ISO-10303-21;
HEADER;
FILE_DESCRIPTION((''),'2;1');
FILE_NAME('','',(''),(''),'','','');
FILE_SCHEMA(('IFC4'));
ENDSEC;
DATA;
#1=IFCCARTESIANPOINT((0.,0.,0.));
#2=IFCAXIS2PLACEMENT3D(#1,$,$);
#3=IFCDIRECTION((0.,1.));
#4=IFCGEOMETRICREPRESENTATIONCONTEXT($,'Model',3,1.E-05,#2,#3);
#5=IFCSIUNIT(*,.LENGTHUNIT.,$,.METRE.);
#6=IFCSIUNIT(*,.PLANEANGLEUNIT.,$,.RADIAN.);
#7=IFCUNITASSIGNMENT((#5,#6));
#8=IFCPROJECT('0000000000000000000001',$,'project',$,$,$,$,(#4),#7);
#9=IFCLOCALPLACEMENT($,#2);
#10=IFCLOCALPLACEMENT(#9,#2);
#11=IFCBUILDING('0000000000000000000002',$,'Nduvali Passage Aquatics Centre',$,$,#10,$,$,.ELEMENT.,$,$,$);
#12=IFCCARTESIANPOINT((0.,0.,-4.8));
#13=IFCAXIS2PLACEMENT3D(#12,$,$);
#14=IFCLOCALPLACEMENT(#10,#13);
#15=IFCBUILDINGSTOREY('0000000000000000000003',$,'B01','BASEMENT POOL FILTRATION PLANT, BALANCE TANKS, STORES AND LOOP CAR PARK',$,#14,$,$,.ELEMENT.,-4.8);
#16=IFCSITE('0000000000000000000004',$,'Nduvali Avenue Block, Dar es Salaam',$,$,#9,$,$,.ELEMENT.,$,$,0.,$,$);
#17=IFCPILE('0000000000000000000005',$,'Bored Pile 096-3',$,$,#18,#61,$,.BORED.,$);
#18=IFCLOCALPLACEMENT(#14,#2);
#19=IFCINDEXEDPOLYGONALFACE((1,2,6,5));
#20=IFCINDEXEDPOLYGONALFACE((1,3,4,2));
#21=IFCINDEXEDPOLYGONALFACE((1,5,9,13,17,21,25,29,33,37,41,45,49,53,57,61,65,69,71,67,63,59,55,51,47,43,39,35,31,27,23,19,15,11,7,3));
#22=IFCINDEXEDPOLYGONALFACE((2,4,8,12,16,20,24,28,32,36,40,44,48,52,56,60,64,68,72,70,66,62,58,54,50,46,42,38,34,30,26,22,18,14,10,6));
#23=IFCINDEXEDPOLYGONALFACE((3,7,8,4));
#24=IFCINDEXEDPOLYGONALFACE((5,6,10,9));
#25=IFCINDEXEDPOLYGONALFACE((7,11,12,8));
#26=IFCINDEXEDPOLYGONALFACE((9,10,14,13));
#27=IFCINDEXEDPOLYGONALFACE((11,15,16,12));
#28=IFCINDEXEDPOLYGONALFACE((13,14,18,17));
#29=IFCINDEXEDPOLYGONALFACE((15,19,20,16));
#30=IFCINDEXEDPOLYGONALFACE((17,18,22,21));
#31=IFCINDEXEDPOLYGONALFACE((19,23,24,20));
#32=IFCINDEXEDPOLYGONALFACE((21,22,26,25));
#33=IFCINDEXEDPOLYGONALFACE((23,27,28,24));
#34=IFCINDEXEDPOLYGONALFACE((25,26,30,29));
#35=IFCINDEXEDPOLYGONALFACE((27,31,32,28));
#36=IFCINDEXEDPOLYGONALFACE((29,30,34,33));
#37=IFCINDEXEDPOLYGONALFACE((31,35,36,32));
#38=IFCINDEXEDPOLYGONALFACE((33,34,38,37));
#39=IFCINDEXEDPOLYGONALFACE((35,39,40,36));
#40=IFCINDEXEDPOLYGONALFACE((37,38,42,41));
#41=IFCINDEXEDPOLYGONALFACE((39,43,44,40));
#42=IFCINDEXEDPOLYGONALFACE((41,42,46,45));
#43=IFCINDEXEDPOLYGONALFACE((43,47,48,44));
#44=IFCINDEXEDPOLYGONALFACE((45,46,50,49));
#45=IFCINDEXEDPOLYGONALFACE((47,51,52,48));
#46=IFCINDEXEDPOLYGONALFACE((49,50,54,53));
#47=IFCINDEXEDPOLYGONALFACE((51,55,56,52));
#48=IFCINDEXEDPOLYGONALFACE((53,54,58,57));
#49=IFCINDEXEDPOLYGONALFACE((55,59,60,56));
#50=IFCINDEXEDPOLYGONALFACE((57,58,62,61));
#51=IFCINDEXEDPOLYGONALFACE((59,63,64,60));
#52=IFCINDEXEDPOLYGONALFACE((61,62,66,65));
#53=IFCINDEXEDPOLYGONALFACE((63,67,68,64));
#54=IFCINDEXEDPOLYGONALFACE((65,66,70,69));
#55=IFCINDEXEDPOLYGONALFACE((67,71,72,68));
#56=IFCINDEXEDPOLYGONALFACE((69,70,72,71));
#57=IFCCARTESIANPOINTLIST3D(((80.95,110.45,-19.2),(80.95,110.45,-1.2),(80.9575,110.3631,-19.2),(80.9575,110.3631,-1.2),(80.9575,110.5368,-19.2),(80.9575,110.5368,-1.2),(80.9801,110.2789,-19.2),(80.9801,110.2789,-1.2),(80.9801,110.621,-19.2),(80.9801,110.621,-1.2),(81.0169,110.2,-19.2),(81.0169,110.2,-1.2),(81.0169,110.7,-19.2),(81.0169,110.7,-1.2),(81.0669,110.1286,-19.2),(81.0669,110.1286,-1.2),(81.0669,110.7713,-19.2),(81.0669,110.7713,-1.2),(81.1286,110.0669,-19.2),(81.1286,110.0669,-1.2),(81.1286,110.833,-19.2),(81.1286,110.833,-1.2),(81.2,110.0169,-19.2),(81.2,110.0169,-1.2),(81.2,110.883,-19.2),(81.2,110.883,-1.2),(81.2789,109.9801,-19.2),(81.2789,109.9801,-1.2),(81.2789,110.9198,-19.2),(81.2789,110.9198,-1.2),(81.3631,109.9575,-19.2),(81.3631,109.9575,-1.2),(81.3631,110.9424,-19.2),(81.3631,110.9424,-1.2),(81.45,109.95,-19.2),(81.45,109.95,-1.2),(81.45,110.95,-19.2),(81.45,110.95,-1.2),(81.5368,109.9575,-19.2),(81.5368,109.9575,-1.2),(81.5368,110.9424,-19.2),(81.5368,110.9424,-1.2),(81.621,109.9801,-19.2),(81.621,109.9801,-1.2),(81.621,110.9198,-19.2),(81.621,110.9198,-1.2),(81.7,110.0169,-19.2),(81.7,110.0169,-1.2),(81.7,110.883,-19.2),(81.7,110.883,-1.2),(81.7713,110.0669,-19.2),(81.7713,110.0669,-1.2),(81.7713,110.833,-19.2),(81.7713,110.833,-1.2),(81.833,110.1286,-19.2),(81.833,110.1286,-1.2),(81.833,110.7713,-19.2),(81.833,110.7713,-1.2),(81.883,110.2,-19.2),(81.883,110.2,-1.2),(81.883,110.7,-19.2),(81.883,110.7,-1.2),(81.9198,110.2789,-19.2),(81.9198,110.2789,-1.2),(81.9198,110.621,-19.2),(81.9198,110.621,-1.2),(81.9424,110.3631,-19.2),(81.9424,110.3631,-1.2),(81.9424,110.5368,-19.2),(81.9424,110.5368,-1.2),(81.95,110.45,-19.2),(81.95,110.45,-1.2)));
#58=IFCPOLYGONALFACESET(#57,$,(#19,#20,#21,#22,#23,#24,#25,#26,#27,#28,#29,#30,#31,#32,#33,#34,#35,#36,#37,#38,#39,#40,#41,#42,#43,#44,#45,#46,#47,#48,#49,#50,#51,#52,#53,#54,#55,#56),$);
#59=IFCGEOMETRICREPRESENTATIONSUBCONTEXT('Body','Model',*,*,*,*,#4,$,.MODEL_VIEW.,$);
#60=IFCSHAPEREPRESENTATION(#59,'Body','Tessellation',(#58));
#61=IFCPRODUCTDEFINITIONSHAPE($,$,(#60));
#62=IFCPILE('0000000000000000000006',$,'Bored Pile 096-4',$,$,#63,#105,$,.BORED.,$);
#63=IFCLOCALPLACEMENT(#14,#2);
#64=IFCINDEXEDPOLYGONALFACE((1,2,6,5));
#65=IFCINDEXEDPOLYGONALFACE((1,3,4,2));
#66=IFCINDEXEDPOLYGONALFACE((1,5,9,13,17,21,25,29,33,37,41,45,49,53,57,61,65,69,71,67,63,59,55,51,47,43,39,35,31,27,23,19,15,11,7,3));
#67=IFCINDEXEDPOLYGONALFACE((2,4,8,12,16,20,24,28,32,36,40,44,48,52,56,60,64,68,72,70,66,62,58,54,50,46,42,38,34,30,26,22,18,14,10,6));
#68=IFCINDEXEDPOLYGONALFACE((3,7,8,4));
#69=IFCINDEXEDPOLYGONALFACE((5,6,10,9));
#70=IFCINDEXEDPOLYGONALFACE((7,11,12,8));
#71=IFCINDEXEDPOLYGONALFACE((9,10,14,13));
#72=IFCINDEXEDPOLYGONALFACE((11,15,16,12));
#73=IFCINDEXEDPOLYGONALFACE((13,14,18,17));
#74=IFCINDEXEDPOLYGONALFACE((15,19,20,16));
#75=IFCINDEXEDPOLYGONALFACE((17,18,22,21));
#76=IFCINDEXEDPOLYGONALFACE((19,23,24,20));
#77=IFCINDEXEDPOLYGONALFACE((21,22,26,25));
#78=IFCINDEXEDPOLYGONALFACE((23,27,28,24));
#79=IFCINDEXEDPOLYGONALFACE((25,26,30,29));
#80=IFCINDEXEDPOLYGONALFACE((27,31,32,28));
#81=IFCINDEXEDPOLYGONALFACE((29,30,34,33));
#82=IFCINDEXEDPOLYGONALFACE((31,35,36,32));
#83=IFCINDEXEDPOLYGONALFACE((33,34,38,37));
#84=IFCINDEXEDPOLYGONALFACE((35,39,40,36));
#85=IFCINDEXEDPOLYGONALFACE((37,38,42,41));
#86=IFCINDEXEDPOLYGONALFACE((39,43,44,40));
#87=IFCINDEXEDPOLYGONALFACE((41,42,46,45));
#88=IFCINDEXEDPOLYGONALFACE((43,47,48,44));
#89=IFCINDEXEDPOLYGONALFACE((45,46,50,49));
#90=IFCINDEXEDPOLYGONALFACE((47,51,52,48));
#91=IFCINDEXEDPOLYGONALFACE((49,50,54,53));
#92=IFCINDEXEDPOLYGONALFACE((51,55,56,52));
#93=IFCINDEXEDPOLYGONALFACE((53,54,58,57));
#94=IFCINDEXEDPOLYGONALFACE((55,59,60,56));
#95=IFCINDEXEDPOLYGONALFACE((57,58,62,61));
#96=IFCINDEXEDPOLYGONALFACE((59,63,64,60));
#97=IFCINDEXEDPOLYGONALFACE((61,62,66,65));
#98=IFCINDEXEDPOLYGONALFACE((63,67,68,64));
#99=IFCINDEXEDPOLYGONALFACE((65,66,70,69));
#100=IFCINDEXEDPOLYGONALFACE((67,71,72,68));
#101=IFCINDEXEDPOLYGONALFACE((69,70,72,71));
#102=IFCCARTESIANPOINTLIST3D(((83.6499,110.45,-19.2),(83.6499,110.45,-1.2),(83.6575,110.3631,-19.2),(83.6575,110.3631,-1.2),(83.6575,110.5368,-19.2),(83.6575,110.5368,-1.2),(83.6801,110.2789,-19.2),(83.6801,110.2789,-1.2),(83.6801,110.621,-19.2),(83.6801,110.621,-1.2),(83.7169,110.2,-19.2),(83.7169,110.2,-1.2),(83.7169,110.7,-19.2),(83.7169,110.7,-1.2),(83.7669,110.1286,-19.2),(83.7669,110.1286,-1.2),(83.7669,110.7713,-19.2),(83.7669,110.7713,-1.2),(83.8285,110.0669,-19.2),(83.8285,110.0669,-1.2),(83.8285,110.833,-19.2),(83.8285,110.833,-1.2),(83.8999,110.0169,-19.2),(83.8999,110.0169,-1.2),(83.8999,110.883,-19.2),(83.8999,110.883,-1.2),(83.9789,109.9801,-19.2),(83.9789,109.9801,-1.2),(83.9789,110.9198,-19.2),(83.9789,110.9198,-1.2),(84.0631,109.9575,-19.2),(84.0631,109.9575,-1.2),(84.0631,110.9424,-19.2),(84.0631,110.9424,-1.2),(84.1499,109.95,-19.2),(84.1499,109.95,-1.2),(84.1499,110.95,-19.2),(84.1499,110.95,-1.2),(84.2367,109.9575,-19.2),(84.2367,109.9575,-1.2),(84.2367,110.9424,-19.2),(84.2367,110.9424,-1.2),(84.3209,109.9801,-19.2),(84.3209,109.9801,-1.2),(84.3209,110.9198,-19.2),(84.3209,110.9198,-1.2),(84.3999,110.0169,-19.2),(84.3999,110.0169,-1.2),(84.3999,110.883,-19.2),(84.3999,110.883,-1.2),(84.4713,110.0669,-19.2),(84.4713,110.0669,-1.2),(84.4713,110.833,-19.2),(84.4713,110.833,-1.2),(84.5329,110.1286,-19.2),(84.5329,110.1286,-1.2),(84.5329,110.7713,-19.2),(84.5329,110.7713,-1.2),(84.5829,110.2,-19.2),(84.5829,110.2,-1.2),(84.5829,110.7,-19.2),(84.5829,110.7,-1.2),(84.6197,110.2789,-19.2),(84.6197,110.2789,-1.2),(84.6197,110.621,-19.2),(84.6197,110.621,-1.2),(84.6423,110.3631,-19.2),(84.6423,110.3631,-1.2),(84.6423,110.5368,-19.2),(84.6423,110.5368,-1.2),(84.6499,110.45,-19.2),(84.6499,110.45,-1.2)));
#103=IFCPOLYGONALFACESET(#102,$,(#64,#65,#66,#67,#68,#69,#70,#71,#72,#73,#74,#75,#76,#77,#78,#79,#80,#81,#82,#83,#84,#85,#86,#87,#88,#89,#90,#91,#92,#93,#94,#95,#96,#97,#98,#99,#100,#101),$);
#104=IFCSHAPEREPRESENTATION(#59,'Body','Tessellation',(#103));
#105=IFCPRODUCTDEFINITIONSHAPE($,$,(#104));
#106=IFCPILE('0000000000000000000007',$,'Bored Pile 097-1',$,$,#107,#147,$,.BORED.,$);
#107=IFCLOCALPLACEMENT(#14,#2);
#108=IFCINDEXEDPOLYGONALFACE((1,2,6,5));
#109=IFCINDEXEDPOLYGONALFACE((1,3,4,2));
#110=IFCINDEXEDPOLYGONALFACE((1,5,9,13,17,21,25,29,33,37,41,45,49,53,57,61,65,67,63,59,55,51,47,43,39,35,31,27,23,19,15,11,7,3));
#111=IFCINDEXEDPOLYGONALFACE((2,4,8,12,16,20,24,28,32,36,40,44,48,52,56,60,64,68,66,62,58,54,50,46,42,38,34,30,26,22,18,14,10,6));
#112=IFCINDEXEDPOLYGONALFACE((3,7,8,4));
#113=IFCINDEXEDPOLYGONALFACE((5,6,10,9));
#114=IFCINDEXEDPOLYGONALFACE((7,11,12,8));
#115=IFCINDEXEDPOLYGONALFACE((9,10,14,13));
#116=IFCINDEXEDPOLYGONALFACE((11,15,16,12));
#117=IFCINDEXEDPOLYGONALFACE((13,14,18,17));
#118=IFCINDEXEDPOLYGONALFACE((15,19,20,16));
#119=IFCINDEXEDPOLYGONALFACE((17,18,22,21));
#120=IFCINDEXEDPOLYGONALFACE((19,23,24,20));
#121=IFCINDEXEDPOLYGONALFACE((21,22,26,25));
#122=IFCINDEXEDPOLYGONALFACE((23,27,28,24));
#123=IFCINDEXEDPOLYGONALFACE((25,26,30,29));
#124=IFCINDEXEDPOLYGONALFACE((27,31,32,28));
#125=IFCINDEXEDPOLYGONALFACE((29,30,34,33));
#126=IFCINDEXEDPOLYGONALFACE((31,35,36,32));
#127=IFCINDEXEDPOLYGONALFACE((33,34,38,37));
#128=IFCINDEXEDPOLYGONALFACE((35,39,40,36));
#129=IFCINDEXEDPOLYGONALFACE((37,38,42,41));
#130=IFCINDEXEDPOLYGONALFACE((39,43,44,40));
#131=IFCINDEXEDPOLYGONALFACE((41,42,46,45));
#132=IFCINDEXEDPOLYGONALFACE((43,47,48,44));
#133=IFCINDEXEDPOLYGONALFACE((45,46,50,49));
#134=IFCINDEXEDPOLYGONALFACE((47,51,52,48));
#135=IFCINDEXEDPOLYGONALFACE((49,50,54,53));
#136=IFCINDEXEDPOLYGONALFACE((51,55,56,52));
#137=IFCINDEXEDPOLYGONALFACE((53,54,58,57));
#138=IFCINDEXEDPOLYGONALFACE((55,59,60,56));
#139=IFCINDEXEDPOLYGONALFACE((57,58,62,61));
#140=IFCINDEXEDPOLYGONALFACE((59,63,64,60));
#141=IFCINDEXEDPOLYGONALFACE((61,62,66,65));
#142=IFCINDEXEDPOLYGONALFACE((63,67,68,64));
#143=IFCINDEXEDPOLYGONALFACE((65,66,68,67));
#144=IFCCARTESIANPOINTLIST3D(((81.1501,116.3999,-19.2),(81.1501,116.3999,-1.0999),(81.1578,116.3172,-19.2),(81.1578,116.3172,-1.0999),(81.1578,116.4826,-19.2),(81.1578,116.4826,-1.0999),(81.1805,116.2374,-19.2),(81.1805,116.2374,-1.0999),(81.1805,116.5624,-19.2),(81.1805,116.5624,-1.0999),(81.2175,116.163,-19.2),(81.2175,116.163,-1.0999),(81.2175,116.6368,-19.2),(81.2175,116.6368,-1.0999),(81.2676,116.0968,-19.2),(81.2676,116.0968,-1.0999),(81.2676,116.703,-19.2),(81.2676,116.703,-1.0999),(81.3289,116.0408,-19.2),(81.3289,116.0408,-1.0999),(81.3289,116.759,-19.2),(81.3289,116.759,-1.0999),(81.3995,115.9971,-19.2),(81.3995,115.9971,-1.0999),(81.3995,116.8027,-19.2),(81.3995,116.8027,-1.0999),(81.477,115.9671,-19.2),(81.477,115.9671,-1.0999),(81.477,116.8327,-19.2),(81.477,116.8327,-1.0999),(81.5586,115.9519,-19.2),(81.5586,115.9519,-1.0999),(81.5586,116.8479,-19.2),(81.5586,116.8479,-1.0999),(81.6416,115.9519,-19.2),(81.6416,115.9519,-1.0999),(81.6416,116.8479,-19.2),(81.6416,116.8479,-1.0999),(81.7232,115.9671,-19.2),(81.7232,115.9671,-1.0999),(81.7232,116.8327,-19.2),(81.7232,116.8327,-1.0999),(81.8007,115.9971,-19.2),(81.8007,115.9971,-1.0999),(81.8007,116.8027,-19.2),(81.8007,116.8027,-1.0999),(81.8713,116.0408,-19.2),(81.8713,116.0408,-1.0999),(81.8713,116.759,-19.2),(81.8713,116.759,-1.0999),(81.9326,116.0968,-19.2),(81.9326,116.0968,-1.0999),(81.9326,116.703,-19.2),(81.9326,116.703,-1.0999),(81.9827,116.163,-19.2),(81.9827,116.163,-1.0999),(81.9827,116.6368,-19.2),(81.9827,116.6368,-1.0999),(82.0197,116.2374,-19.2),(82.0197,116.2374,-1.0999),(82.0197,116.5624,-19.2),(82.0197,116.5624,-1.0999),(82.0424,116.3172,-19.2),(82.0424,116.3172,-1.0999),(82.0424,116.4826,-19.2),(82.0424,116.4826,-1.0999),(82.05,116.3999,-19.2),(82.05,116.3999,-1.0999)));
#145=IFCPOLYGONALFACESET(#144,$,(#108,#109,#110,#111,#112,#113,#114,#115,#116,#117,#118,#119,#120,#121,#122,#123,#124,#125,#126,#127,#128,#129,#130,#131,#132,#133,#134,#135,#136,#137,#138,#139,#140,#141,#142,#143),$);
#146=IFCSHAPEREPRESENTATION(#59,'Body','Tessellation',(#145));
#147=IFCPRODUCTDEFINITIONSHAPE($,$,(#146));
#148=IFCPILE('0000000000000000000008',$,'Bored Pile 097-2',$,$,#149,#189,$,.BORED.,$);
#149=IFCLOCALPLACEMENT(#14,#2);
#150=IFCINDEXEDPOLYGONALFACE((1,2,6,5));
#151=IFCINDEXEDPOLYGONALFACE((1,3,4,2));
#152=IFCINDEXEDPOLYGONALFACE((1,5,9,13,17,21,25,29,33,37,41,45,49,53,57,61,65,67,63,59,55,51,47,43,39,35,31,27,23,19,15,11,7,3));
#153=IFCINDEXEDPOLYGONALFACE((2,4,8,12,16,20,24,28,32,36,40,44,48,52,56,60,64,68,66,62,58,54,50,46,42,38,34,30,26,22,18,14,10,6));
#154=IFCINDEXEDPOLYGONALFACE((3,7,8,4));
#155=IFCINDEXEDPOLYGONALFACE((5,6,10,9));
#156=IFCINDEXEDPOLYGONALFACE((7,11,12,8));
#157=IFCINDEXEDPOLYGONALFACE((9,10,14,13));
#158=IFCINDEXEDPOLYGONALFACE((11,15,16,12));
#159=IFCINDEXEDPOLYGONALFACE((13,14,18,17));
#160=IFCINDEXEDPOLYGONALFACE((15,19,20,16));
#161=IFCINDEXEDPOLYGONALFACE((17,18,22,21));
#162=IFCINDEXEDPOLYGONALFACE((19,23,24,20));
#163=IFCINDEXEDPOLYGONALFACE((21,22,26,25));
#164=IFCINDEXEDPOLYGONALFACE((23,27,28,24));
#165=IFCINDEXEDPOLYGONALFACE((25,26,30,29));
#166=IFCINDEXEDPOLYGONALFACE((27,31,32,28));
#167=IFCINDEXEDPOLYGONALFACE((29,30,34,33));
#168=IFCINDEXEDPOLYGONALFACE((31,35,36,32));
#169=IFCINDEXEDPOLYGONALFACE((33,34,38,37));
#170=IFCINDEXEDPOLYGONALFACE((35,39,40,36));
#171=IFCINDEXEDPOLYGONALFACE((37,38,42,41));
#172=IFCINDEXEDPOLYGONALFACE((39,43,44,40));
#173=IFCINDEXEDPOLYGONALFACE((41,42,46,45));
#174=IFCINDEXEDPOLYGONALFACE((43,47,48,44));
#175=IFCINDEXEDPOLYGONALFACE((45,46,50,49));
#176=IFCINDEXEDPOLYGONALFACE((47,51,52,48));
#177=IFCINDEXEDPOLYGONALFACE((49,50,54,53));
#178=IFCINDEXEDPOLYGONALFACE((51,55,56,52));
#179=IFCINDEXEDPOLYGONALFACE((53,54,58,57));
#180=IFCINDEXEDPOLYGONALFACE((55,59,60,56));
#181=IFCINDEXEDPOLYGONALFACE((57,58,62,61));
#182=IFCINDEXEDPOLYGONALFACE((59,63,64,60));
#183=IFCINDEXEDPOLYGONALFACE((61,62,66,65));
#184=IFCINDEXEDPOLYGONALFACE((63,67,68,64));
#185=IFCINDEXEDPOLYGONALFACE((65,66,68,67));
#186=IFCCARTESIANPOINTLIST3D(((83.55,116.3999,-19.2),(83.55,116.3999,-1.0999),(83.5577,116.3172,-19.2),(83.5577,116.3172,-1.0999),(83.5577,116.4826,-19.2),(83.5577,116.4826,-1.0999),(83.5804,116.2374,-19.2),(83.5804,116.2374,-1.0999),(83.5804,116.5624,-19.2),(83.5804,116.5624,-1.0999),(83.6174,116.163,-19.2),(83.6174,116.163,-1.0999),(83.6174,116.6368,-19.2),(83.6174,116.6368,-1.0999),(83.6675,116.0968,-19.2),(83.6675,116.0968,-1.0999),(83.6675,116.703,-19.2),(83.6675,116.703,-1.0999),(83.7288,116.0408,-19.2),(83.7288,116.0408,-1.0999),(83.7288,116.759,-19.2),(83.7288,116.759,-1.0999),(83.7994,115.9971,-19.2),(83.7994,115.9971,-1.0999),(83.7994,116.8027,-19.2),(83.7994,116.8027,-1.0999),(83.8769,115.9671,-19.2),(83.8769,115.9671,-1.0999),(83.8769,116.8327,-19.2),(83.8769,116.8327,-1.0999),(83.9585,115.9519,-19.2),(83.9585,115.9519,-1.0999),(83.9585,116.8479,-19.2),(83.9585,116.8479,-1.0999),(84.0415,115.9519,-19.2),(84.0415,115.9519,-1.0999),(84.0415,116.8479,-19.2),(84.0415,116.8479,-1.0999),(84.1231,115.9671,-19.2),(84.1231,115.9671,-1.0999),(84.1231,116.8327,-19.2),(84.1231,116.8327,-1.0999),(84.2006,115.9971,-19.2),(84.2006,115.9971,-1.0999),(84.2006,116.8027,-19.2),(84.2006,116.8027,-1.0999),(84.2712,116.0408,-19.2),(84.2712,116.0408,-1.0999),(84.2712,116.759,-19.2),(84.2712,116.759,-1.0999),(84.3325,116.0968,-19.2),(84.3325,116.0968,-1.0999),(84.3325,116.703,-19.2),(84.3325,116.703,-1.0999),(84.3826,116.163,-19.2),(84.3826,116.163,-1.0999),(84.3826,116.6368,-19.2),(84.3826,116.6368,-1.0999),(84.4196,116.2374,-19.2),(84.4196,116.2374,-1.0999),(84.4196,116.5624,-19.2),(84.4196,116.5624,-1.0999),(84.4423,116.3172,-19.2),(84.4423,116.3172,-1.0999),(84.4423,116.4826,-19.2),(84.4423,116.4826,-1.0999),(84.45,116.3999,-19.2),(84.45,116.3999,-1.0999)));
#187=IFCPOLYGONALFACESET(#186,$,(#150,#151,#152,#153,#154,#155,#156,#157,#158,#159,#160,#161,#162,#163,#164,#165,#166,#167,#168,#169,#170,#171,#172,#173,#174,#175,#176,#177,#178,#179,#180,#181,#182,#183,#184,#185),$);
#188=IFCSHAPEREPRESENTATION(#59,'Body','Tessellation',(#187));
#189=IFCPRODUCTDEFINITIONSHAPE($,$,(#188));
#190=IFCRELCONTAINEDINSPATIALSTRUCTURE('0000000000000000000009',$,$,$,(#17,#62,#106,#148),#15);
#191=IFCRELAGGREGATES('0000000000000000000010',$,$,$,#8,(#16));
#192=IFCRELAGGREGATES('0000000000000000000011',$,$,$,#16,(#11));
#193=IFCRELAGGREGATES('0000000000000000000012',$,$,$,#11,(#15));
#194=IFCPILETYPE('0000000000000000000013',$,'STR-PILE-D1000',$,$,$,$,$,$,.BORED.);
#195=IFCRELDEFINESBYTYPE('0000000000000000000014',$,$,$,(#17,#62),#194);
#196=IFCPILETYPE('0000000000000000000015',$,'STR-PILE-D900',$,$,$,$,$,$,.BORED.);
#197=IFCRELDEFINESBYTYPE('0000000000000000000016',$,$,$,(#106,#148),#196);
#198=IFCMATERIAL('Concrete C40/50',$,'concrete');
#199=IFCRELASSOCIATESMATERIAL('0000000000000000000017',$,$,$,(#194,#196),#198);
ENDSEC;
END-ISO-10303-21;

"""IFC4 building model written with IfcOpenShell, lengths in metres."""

from ifc_helpers import new_model, si_unit, direction, frame, origin, origin_2d, place, context, subcontext, project, spatial, circle, extrude, material, material_profile, profile_set, type_object, element, save


model = new_model("IFC4")

# Units and contexts
model_context = context("Model", 3, precision=1e-05, world=origin(), true_north=direction((0.0, 1.0)))
body_context = subcontext(model_context, "Body", "Model", "MODEL_VIEW")
ifc_project = project(units=[si_unit("LENGTHUNIT", "METRE"), si_unit("PLANEANGLEUNIT", "RADIAN")], contexts=[model_context])

# Site, building, storey
site_placement = place(None, origin())
site = spatial("IfcSite", under=ifc_project, at=site_placement, Name="Nduvali Avenue Block, Dar es Salaam", CompositionType="ELEMENT", RefElevation=0.0)
building_placement = place(site_placement, origin())
building = spatial("IfcBuilding", under=site, at=building_placement, Name="Nduvali Passage Aquatics Centre", CompositionType="ELEMENT")
storey_placement = place(building_placement, frame((0.0, 0.0, -4.8)))
storey = spatial("IfcBuildingStorey", under=building, at=storey_placement, Name="B01", Description="BASEMENT POOL FILTRATION PLANT, BALANCE TANKS, STORES AND LOOP CAR PARK", CompositionType="ELEMENT", Elevation=-4.8)

# Shared definitions
ifc_material_1 = material(Name="Concrete C40/50", Category="concrete")

# Piles
ifc_material_profile_1 = material_profile(ifc_material_1, circle(Radius=0.5, at=origin_2d()), Name="PILE D1000")
ifc_profile_set_1 = profile_set([ifc_material_profile_1], Name="Concrete C40/50")
pile_type_1 = type_object("IfcPileType", Name="STR-PILE-D1000", PredefinedType="BORED", material=ifc_profile_set_1)
for number, where, z_axis, x_axis, name in (
    (1, (81.45, 110.45, -1.2), (0.0, 0.0, -1.0), (1.0, 0.0, 0.0), "Bored Pile 096-3"),
    (2, (84.1499, 110.45, -1.2), (0.0, 0.0, -1.0), (1.0, 0.0, 0.0), "Bored Pile 096-4"),
):
    element("IfcPile", number, at=place(storey_placement, frame(where, z_axis=z_axis, x_axis=x_axis)), inside=storey, type_object=pile_type_1, Name=name, PredefinedType="BORED", context=body_context, shape_type="SweptSolid", body=[
        extrude(circle(Radius=0.5, at=origin_2d()), origin(), (0.0, 0.0, 1.0), 18.0),
    ])
ifc_material_profile_2 = material_profile(ifc_material_1, circle(Radius=0.45, at=origin_2d()), Name="PILE D900")
ifc_profile_set_2 = profile_set([ifc_material_profile_2], Name="Concrete C40/50")
pile_type_2 = type_object("IfcPileType", Name="STR-PILE-D900", PredefinedType="BORED", material=ifc_profile_set_2)
for number, where, z_axis, x_axis, name in (
    (3, (81.6001, 116.3999, -1.0999), (0.0, 0.0, -1.0), (1.0, 0.0, 0.0), "Bored Pile 097-1"),
    (4, (84.0, 116.3999, -1.0999), (0.0, 0.0, -1.0), (1.0, 0.0, 0.0), "Bored Pile 097-2"),
):
    element("IfcPile", number, at=place(storey_placement, frame(where, z_axis=z_axis, x_axis=x_axis)), inside=storey, type_object=pile_type_2, Name=name, PredefinedType="BORED", context=body_context, shape_type="SweptSolid", body=[
        extrude(circle(Radius=0.45, at=origin_2d()), origin(), (0.0, 0.0, 1.0), 18.1001),
    ])

save(model, "model.ifc")
